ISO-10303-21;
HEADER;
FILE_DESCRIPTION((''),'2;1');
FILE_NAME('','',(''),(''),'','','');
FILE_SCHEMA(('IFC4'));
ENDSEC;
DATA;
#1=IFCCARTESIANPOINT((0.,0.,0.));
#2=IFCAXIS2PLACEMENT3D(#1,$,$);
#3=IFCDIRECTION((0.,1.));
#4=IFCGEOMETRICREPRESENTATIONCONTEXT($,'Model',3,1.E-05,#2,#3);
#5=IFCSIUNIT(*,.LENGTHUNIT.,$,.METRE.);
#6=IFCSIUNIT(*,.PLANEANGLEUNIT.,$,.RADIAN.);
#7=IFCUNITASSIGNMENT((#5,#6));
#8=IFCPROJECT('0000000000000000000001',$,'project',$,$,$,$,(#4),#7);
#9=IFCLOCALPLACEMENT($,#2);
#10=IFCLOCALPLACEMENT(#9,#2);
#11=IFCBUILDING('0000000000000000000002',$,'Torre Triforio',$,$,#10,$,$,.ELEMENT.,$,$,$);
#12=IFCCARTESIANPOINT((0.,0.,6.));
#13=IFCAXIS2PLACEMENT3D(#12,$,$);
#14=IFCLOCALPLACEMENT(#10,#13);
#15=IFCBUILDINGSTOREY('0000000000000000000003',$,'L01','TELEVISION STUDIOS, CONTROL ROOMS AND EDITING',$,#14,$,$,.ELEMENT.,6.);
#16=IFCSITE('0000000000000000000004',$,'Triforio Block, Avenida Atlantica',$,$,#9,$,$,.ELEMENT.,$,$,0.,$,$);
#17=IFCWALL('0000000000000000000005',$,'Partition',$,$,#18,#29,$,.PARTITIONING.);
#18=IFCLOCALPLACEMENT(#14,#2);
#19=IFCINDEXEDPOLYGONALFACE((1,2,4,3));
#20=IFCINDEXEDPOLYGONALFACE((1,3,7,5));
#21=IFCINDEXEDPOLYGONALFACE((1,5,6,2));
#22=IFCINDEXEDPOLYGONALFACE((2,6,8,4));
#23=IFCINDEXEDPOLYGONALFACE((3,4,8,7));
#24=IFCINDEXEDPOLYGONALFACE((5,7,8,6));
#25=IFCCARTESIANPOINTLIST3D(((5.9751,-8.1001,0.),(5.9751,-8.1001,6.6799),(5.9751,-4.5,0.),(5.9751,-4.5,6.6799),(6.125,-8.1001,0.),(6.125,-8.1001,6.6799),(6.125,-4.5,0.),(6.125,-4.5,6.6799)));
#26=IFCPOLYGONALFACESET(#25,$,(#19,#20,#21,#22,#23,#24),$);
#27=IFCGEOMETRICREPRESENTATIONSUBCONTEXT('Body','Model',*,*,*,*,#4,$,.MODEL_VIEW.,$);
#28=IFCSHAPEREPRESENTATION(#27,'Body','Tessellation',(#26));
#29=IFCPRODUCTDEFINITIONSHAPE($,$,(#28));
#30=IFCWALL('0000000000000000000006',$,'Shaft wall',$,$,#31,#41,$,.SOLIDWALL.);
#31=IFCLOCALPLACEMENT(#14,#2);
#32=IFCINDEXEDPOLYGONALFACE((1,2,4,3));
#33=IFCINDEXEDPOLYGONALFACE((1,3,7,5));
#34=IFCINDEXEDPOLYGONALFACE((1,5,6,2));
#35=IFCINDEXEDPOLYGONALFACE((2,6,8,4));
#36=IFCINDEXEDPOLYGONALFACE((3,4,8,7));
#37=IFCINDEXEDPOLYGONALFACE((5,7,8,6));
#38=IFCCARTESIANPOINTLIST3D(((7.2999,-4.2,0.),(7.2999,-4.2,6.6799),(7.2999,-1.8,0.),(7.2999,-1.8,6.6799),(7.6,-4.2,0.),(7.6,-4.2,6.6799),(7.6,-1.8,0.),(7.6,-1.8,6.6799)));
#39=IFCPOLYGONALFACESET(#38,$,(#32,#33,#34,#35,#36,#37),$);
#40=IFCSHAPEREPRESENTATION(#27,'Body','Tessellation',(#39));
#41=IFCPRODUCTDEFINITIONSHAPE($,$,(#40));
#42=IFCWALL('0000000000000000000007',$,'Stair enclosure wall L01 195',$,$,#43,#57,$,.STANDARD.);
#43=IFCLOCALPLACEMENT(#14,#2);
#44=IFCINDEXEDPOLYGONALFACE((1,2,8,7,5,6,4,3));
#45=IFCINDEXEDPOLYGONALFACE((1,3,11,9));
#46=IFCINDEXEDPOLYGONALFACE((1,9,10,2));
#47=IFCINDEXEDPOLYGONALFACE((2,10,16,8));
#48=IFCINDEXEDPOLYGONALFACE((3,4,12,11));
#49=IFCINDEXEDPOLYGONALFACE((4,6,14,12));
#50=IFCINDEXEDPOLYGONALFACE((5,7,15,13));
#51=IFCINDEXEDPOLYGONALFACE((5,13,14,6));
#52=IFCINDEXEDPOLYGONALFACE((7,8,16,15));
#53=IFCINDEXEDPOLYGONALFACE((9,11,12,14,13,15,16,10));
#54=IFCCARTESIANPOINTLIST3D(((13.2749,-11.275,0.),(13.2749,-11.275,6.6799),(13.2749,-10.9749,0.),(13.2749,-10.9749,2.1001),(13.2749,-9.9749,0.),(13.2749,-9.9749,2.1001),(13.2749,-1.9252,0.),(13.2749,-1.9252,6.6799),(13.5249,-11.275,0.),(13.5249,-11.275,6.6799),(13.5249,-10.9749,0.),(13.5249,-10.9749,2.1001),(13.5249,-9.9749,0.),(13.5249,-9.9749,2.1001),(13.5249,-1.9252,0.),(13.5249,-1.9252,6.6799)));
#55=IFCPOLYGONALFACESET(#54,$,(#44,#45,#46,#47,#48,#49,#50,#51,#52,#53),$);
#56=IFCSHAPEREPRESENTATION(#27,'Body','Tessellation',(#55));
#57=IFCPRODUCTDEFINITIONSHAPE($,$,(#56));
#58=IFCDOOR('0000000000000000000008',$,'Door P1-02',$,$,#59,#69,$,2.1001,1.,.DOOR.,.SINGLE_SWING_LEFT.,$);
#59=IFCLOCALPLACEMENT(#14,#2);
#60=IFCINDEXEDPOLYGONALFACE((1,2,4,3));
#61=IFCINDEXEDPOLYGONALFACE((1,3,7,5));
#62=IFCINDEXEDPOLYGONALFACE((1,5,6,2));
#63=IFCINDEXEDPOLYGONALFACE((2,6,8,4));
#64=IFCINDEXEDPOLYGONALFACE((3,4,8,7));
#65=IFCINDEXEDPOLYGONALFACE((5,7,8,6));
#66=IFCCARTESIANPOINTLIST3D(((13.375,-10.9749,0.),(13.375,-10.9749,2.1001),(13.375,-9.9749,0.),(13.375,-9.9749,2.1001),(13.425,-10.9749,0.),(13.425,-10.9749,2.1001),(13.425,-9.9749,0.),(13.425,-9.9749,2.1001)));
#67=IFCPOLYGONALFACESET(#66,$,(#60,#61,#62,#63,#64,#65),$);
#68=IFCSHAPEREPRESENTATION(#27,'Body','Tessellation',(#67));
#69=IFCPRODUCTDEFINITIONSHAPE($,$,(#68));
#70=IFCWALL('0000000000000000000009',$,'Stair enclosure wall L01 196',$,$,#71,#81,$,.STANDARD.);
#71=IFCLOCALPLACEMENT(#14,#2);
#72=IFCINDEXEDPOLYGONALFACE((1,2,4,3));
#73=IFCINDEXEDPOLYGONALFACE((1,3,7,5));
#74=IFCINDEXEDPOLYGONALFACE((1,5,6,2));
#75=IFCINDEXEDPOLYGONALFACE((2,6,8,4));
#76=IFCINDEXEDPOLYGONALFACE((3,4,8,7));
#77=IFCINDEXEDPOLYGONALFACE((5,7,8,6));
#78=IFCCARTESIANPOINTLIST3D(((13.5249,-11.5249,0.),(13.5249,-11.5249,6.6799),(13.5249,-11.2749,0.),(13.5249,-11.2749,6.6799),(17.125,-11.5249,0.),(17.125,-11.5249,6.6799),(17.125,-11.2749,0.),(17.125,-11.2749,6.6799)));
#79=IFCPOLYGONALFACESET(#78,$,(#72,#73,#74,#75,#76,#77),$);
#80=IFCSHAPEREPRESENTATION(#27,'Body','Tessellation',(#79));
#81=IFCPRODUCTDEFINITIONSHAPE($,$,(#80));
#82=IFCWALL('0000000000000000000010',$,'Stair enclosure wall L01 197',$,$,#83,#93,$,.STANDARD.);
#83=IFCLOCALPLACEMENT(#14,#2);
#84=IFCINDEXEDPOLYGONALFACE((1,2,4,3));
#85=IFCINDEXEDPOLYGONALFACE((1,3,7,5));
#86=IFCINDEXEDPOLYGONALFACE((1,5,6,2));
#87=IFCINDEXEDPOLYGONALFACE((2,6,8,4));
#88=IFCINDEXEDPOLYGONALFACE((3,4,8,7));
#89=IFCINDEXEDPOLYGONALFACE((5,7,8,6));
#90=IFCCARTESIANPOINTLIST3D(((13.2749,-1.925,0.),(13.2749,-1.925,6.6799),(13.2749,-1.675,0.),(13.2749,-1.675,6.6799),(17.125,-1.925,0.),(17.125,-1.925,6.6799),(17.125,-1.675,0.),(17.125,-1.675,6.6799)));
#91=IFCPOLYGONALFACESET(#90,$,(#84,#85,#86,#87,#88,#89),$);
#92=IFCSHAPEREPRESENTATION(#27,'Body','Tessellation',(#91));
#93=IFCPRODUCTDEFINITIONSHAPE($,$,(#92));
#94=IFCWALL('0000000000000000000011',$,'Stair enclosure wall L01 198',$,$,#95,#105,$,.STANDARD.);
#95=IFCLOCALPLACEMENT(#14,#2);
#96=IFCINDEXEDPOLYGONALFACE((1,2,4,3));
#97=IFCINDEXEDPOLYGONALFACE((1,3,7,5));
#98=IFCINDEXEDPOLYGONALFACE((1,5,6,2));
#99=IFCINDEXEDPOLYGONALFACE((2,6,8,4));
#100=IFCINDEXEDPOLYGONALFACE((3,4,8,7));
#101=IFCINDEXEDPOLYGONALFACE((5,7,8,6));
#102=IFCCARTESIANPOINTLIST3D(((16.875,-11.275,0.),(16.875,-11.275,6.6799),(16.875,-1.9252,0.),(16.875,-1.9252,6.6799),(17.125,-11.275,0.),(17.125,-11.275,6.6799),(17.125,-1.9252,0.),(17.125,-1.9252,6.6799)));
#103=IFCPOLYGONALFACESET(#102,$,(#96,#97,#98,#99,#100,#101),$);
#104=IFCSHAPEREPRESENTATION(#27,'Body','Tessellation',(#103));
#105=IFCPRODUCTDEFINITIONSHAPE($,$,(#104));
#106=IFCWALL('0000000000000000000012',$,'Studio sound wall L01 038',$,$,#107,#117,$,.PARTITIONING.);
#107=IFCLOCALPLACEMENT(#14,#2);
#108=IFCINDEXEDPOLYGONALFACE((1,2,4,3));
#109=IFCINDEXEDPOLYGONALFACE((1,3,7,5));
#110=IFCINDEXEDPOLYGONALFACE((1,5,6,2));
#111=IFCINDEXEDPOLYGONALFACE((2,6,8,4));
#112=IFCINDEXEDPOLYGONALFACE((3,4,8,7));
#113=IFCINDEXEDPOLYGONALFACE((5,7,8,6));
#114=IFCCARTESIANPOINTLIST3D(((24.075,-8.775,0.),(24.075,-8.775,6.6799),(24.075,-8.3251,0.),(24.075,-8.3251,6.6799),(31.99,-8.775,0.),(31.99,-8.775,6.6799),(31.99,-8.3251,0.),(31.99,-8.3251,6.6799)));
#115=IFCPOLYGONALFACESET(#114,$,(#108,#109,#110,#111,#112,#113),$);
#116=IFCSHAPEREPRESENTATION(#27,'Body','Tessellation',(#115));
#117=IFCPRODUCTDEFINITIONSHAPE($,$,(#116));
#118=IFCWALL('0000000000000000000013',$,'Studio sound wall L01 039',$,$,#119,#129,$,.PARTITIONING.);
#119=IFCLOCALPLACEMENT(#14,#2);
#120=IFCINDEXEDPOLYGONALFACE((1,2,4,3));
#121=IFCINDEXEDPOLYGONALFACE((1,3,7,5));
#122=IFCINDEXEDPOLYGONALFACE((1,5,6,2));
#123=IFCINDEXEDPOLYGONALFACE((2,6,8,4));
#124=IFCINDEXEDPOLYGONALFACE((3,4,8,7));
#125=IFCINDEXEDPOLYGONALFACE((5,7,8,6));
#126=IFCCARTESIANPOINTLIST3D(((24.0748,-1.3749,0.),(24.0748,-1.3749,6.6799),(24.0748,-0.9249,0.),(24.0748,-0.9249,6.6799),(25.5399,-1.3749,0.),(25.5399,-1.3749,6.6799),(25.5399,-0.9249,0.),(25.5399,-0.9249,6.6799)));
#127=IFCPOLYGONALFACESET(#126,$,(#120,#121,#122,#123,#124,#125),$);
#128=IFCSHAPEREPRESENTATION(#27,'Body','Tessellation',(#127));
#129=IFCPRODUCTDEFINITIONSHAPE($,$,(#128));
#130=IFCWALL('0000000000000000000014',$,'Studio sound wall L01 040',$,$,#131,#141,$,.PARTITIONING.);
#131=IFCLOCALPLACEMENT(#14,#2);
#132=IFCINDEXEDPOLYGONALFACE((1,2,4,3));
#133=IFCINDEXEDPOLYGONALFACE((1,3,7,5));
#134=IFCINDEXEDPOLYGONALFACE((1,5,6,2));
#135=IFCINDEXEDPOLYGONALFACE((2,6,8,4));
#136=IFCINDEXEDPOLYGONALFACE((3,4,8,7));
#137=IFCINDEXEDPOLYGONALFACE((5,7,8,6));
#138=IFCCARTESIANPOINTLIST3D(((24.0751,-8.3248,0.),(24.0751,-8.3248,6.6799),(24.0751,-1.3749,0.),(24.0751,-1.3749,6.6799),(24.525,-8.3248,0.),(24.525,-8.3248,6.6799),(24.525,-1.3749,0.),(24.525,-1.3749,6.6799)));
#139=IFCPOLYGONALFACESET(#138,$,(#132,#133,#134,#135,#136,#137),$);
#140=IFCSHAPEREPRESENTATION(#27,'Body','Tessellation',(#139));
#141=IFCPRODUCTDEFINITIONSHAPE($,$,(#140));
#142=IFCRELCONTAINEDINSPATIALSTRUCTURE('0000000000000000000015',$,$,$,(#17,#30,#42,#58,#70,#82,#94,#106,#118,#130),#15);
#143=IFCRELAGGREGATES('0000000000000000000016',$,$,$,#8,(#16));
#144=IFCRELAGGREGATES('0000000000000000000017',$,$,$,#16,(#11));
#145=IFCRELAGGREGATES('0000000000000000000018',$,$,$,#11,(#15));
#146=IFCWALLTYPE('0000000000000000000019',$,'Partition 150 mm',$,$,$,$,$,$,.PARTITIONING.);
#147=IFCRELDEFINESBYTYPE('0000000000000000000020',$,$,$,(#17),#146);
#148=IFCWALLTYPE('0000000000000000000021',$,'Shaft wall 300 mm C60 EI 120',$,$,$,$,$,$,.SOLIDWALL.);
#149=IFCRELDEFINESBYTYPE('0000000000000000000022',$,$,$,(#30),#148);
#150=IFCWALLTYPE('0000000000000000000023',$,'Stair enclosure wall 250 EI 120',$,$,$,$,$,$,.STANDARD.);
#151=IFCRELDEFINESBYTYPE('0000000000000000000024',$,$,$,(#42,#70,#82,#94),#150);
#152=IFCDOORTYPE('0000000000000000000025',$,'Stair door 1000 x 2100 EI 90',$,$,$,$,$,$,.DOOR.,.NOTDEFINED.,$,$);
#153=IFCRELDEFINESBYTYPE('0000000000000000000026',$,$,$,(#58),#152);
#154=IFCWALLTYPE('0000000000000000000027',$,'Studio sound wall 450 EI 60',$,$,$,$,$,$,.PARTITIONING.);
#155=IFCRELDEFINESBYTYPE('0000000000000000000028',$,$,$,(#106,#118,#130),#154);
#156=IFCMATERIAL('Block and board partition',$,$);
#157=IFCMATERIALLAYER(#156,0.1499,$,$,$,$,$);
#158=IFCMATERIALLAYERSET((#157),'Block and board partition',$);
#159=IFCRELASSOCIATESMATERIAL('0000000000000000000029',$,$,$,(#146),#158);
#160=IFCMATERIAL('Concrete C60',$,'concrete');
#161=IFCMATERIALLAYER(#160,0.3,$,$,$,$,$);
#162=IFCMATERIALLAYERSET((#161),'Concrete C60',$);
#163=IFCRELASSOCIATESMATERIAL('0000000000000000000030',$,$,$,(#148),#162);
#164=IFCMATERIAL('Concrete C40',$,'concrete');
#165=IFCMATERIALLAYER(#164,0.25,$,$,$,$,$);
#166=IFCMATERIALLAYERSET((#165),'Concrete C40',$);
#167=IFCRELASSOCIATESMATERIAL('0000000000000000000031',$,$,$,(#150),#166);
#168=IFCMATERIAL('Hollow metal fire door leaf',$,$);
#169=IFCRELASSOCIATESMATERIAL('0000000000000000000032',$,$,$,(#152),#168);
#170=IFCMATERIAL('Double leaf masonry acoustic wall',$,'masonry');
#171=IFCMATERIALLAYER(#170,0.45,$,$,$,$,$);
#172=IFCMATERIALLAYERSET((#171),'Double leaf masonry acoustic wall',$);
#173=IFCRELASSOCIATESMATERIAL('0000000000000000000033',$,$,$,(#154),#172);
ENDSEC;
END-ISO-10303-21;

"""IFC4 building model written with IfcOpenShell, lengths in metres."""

from ifc_helpers import new_model, si_unit, direction, frame, frame_2d, origin, place, context, subcontext, project, spatial, rectangle, extrude, material, layer, layer_set, type_object, element, fill, save


model = new_model("IFC4")

# Units and contexts
model_context = context("Model", 3, precision=1e-05, world=origin(), true_north=direction((0.0, 1.0)))
body_context = subcontext(model_context, "Body", "Model", "MODEL_VIEW")
ifc_project = project(units=[si_unit("LENGTHUNIT", "METRE"), si_unit("PLANEANGLEUNIT", "RADIAN")], contexts=[model_context])

# Site, building, storey
site_placement = place(None, origin())
site = spatial("IfcSite", under=ifc_project, at=site_placement, Name="Triforio Block, Avenida Atlantica", CompositionType="ELEMENT", RefElevation=0.0)
building_placement = place(site_placement, origin())
building = spatial("IfcBuilding", under=site, at=building_placement, Name="Torre Triforio", CompositionType="ELEMENT")
storey_placement = place(building_placement, frame((0.0, 0.0, 6.0)))
storey = spatial("IfcBuildingStorey", under=building, at=storey_placement, Name="L01", Description="TELEVISION STUDIOS, CONTROL ROOMS AND EDITING", CompositionType="ELEMENT", Elevation=6.0)

# Shared definitions
ifc_material_1 = material(Name="Concrete C60", Category="concrete")
ifc_material_2 = material(Name="Hollow metal fire door leaf")

# Walls
ifc_material_3 = material(Name="Block and board partition")
ifc_layer_1 = layer(ifc_material_3, 0.1499)
ifc_layer_set_1 = layer_set([ifc_layer_1], Name="Block and board partition")
wall_type_1 = type_object("IfcWallType", Name="Partition 150 mm", PredefinedType="PARTITIONING", material=ifc_layer_set_1)
wall_1_placement = place(storey_placement, frame((6.05, -8.1001, 0.0), z_axis=(0.0, 0.0, 1.0), x_axis=(0.0, 1.0, 0.0)))
element("IfcWall", 1, at=wall_1_placement, inside=storey, type_object=wall_type_1, Name="Partition", PredefinedType="PARTITIONING", context=body_context, shape_type="SweptSolid", body=[
    extrude(rectangle(XDim=3.6001, YDim=0.1499, at=frame_2d((1.8, 0.0))), origin(), (0.0, 0.0, 1.0), 6.6799),
])
ifc_layer_2 = layer(ifc_material_1, 0.3)
ifc_layer_set_2 = layer_set([ifc_layer_2], Name="Concrete C60")
wall_type_2 = type_object("IfcWallType", Name="Shaft wall 300 mm C60 EI 120", PredefinedType="SOLIDWALL", material=ifc_layer_set_2)
wall_2_placement = place(storey_placement, frame((7.45, -4.2, 0.0), z_axis=(0.0, 0.0, 1.0), x_axis=(0.0, 1.0, 0.0)))
element("IfcWall", 2, at=wall_2_placement, inside=storey, type_object=wall_type_2, Name="Shaft wall", PredefinedType="SOLIDWALL", context=body_context, shape_type="SweptSolid", body=[
    extrude(rectangle(XDim=2.3999, YDim=0.3, at=frame_2d((1.2, 0.0))), origin(), (0.0, 0.0, 1.0), 6.6799),
])

# Wall, opening, door
ifc_material_4 = material(Name="Concrete C40", Category="concrete")
ifc_layer_3 = layer(ifc_material_4, 0.25)
ifc_layer_set_3 = layer_set([ifc_layer_3], Name="Concrete C40")
wall_type_3 = type_object("IfcWallType", Name="Stair enclosure wall 250 EI 120", PredefinedType="STANDARD", material=ifc_layer_set_3)
wall_3_placement = place(storey_placement, frame((13.3999, -11.2749, 0.0), z_axis=(0.0, 0.0, 1.0), x_axis=(0.0, 1.0, 0.0)))
wall_3 = element("IfcWall", 3, at=wall_3_placement, inside=storey, type_object=wall_type_3, Name="Stair enclosure wall L01 195", PredefinedType="STANDARD", context=body_context, shape_type="SweptSolid", body=[
    extrude(rectangle(XDim=9.3499, YDim=0.25, at=frame_2d((4.6748, 0.0))), origin(), (0.0, 0.0, 1.0), 6.6799),
])
opening_1_placement = place(wall_3_placement, frame((0.3, 0.0, 0.0)))
opening_1 = element("IfcOpeningElement", 4, at=opening_1_placement, cuts=wall_3, PredefinedType="OPENING", context=body_context, shape_type="SweptSolid", body=[
    extrude(rectangle(XDim=1.0, YDim=2.1001, at=frame_2d((0.5, 1.05))), frame((0.0, 0.135, 0.0), z_axis=(0.0, -1.0, 0.0), x_axis=(1.0, 0.0, 0.0)), (0.0, 0.0, 1.0), 0.27),
])
door_type_1 = type_object("IfcDoorType", Name="Stair door 1000 x 2100 EI 90", OperationType="NOTDEFINED", PredefinedType="DOOR", material=ifc_material_2)
door_1_placement = place(opening_1_placement, origin())
door_1 = element("IfcDoor", 5, at=door_1_placement, inside=storey, type_object=door_type_1, Name="Door P1-02", OperationType="SINGLE_SWING_LEFT", OverallHeight=2.1001, OverallWidth=1.0, PredefinedType="DOOR", context=body_context, shape_type="SweptSolid", body=[
    extrude(rectangle(XDim=1.0, YDim=2.1001, at=frame_2d((0.5, 1.05))), frame((0.0, 0.0249, 0.0), z_axis=(0.0, -1.0, 0.0), x_axis=(1.0, 0.0, 0.0)), (0.0, 0.0, 1.0), 0.05),
])
fill(opening_1, door_1)

# Walls
wall_4_placement = place(storey_placement, frame((13.5249, -11.3999, 0.0), z_axis=(0.0, 0.0, 1.0), x_axis=(1.0, 0.0, 0.0)))
element("IfcWall", 6, at=wall_4_placement, inside=storey, type_object=wall_type_3, Name="Stair enclosure wall L01 196", PredefinedType="STANDARD", context=body_context, shape_type="SweptSolid", body=[
    extrude(rectangle(XDim=3.6001, YDim=0.25, at=frame_2d((1.8, 0.0))), origin(), (0.0, 0.0, 1.0), 6.6799),
])
wall_5_placement = place(storey_placement, frame((13.2749, -1.8, 0.0), z_axis=(0.0, 0.0, 1.0), x_axis=(1.0, 0.0, 0.0)))
element("IfcWall", 7, at=wall_5_placement, inside=storey, type_object=wall_type_3, Name="Stair enclosure wall L01 197", PredefinedType="STANDARD", context=body_context, shape_type="SweptSolid", body=[
    extrude(rectangle(XDim=3.8501, YDim=0.25, at=frame_2d((1.925, 0.0))), origin(), (0.0, 0.0, 1.0), 6.6799),
])
wall_6_placement = place(storey_placement, frame((17.0, -11.2749, 0.0), z_axis=(0.0, 0.0, 1.0), x_axis=(0.0, 1.0, 0.0)))
element("IfcWall", 8, at=wall_6_placement, inside=storey, type_object=wall_type_3, Name="Stair enclosure wall L01 198", PredefinedType="STANDARD", context=body_context, shape_type="SweptSolid", body=[
    extrude(rectangle(XDim=9.3499, YDim=0.25, at=frame_2d((4.6748, 0.0))), origin(), (0.0, 0.0, 1.0), 6.6799),
])
ifc_material_5 = material(Name="Double leaf masonry acoustic wall", Category="masonry")
ifc_layer_4 = layer(ifc_material_5, 0.45)
ifc_layer_set_4 = layer_set([ifc_layer_4], Name="Double leaf masonry acoustic wall")
wall_type_4 = type_object("IfcWallType", Name="Studio sound wall 450 EI 60", PredefinedType="PARTITIONING", material=ifc_layer_set_4)
wall_7_placement = place(storey_placement, frame((24.075, -8.55, 0.0), z_axis=(0.0, 0.0, 1.0), x_axis=(1.0, 0.0, 0.0)))
element("IfcWall", 9, at=wall_7_placement, inside=storey, type_object=wall_type_4, Name="Studio sound wall L01 038", PredefinedType="PARTITIONING", context=body_context, shape_type="SweptSolid", body=[
    extrude(rectangle(XDim=7.915, YDim=0.45, at=frame_2d((3.9575, 0.0))), origin(), (0.0, 0.0, 1.0), 6.6799),
])
wall_8_placement = place(storey_placement, frame((24.075, -1.1499, 0.0), z_axis=(0.0, 0.0, 1.0), x_axis=(1.0, 0.0, 0.0)))
element("IfcWall", 10, at=wall_8_placement, inside=storey, type_object=wall_type_4, Name="Studio sound wall L01 039", PredefinedType="PARTITIONING", context=body_context, shape_type="SweptSolid", body=[
    extrude(rectangle(XDim=1.4651, YDim=0.45, at=frame_2d((0.7324, 0.0))), origin(), (0.0, 0.0, 1.0), 6.6799),
])
wall_9_placement = place(storey_placement, frame((24.3, -8.325, 0.0), z_axis=(0.0, 0.0, 1.0), x_axis=(0.0, 1.0, 0.0)))
element("IfcWall", 11, at=wall_9_placement, inside=storey, type_object=wall_type_4, Name="Studio sound wall L01 040", PredefinedType="PARTITIONING", context=body_context, shape_type="SweptSolid", body=[
    extrude(rectangle(XDim=6.95, YDim=0.45, at=frame_2d((3.4751, 0.0))), origin(), (0.0, 0.0, 1.0), 6.6799),
])

save(model, "model.ifc")
